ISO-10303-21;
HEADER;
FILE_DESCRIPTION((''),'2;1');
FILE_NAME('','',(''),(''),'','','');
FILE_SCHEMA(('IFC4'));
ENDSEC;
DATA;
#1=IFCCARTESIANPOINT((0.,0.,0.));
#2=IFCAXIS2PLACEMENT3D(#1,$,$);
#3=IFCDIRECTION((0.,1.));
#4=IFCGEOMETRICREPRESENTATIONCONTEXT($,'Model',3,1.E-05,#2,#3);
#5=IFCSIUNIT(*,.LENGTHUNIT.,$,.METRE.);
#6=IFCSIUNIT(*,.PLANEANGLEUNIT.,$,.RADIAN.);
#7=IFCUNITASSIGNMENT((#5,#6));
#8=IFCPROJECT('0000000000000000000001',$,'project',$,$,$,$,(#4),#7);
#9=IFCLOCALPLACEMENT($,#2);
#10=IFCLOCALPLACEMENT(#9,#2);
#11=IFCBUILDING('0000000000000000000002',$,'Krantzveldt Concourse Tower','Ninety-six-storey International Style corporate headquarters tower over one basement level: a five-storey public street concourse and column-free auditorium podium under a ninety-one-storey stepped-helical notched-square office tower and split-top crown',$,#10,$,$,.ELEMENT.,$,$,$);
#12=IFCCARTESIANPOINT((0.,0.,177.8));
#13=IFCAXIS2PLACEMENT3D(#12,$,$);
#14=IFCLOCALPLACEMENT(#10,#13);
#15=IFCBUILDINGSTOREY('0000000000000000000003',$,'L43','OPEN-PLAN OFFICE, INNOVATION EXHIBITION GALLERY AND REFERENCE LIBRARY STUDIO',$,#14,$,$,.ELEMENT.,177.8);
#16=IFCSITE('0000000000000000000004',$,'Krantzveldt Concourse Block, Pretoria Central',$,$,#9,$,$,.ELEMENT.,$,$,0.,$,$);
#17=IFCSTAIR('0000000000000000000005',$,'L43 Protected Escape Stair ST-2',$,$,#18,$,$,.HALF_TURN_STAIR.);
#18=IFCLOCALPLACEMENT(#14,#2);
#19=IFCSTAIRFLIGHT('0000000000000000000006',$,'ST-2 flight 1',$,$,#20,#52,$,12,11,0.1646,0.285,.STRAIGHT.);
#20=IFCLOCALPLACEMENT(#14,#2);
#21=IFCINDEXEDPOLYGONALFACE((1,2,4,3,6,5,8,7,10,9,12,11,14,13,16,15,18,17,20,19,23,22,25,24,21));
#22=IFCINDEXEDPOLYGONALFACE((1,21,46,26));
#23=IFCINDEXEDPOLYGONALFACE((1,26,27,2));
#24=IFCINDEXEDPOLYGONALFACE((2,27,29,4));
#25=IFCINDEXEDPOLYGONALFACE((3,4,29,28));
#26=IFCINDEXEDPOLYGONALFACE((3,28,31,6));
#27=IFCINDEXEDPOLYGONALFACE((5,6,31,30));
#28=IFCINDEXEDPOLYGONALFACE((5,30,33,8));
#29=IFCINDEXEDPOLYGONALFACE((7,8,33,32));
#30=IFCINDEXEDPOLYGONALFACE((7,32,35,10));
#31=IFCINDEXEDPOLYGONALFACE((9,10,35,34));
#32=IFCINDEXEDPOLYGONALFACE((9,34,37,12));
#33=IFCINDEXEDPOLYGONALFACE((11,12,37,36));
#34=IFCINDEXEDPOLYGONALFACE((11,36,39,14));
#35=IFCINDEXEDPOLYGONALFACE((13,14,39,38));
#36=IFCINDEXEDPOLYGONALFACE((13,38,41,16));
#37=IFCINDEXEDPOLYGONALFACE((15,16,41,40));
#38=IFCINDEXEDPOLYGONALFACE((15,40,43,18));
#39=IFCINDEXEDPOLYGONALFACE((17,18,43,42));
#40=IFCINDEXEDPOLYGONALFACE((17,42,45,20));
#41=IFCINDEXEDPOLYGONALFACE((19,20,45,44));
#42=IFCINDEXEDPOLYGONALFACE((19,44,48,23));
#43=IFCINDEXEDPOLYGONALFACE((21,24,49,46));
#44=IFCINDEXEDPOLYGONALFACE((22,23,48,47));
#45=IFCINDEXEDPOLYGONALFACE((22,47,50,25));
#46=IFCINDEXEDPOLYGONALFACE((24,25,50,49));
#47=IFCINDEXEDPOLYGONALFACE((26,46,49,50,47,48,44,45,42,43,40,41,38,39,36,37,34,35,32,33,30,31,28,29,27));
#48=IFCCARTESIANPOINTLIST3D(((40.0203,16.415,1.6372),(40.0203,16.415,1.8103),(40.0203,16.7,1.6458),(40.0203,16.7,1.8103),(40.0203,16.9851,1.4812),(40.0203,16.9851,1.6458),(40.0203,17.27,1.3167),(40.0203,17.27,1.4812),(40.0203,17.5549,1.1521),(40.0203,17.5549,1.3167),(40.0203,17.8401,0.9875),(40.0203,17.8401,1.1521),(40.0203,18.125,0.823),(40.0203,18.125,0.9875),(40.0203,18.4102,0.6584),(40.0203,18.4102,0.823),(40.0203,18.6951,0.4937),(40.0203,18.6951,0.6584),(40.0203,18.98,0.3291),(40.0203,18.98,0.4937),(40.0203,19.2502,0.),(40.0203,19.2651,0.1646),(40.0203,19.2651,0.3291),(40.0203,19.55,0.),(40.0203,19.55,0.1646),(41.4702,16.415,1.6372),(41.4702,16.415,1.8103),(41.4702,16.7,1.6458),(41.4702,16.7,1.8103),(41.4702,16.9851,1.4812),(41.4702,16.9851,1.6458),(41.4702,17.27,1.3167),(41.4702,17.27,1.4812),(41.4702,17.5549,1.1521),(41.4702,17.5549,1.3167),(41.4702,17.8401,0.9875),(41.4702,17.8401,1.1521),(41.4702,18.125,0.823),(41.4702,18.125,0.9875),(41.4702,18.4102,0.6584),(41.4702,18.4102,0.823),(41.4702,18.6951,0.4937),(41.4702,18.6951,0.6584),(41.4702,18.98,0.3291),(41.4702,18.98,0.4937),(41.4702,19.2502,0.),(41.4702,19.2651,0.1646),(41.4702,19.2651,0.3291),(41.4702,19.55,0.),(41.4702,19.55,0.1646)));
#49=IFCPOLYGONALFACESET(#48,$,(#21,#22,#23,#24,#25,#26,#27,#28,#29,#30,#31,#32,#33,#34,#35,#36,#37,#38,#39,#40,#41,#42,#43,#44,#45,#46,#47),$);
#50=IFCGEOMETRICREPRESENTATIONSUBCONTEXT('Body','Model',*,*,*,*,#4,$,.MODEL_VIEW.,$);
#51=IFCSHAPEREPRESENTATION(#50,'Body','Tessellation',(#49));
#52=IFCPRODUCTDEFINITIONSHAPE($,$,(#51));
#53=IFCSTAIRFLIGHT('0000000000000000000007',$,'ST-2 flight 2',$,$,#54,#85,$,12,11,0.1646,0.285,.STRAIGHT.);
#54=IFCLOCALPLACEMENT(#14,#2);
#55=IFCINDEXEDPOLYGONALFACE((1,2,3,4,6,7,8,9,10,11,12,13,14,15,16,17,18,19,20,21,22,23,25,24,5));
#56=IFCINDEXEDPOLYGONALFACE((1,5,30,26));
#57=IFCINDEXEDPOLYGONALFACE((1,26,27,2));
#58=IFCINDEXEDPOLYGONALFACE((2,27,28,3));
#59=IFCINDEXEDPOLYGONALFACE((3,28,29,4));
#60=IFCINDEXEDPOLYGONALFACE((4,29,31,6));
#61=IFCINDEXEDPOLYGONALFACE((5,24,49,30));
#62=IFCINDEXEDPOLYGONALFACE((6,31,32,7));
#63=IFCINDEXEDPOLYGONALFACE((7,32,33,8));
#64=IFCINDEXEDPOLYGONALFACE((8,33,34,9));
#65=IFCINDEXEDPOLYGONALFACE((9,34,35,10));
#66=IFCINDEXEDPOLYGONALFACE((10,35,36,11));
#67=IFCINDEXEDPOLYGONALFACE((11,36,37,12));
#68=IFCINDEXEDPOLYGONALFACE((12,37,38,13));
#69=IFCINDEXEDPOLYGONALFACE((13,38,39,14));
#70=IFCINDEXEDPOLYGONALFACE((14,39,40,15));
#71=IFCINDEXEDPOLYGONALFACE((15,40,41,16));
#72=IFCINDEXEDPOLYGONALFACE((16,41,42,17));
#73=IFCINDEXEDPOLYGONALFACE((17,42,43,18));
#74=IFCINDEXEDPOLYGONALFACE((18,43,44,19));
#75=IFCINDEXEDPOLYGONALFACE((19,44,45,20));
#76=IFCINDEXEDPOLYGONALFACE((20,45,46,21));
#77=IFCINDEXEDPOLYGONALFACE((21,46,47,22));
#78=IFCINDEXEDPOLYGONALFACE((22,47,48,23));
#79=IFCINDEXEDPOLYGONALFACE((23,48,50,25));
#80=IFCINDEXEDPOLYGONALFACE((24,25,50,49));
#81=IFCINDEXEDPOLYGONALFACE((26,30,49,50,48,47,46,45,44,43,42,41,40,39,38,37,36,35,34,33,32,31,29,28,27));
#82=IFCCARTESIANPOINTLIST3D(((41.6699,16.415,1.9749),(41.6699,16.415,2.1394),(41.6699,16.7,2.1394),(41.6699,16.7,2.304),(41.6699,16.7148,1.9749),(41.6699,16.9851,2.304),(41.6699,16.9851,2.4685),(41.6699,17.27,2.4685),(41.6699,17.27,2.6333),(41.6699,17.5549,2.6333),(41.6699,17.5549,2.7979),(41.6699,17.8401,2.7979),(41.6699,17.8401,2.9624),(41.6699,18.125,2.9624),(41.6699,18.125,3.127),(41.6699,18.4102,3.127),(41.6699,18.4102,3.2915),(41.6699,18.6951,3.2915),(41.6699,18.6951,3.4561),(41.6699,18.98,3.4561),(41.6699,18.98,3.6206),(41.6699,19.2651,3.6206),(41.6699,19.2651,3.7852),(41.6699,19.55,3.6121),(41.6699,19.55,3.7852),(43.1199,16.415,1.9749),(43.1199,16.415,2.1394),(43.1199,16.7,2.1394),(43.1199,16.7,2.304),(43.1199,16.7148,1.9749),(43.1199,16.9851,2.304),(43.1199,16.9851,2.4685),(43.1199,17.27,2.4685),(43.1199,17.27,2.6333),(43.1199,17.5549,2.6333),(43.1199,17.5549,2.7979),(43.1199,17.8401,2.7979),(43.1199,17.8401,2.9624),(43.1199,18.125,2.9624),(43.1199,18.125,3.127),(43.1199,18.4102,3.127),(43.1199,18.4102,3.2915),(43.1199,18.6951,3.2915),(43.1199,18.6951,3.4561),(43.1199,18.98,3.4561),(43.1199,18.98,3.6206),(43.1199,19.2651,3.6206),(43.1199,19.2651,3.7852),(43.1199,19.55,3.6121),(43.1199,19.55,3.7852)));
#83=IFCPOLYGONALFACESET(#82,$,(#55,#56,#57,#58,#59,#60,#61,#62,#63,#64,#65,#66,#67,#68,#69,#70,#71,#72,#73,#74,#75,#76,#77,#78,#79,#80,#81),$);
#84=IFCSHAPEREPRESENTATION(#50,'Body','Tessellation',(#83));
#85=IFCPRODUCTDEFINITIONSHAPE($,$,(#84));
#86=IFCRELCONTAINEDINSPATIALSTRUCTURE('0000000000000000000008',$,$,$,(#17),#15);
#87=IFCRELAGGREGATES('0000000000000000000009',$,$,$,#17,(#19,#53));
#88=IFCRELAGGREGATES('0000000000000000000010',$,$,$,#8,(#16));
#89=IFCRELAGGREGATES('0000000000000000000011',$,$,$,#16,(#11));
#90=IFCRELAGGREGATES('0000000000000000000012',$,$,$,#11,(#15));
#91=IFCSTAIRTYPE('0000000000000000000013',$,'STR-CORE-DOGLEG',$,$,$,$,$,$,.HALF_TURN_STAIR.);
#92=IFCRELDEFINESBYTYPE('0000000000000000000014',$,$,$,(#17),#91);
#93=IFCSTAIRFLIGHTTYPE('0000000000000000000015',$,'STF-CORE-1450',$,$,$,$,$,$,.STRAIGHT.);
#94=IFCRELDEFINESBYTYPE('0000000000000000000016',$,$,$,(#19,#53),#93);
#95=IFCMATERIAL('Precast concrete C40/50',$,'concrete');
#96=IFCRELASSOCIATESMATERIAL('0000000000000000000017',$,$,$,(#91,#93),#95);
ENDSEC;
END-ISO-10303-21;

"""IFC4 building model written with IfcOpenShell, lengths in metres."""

from ifc_helpers import new_model, si_unit, direction, frame, origin, place, context, subcontext, project, spatial, polyline, outline, extrude, material, type_object, element, aggregate, save


model = new_model("IFC4")

# Units and contexts
model_context = context("Model", 3, precision=1e-05, world=origin(), true_north=direction((0.0, 1.0)))
body_context = subcontext(model_context, "Body", "Model", "MODEL_VIEW")
ifc_project = project(units=[si_unit("LENGTHUNIT", "METRE"), si_unit("PLANEANGLEUNIT", "RADIAN")], contexts=[model_context])

# Site, building, storey
site_placement = place(None, origin())
site = spatial("IfcSite", under=ifc_project, at=site_placement, Name="Krantzveldt Concourse Block, Pretoria Central", CompositionType="ELEMENT", RefElevation=0.0)
building_placement = place(site_placement, origin())
building = spatial("IfcBuilding", under=site, at=building_placement, Name="Krantzveldt Concourse Tower", Description="Ninety-six-storey International Style corporate headquarters tower over one basement level: a five-storey public street concourse and column-free auditorium podium under a ninety-one-storey stepped-helical notched-square office tower and split-top crown", CompositionType="ELEMENT")
storey_placement = place(building_placement, frame((0.0, 0.0, 177.8)))
storey = spatial("IfcBuildingStorey", under=building, at=storey_placement, Name="L43", Description="OPEN-PLAN OFFICE, INNOVATION EXHIBITION GALLERY AND REFERENCE LIBRARY STUDIO", CompositionType="ELEMENT", Elevation=177.8)

# Stair, stair flights
ifc_material_1 = material(Name="Precast concrete C40/50", Category="concrete")
stair_type = type_object("IfcStairType", Name="STR-CORE-DOGLEG", PredefinedType="HALF_TURN_STAIR", material=ifc_material_1)
stair_placement = place(storey_placement, origin())
stair = element("IfcStair", 1, at=stair_placement, inside=storey, type_object=stair_type, Name="L43 Protected Escape Stair ST-2", PredefinedType="HALF_TURN_STAIR")
stair_flight_type = type_object("IfcStairFlightType", Name="STF-CORE-1450", PredefinedType="STRAIGHT", material=ifc_material_1)
stair_flight_1_placement = place(storey_placement, frame((40.7451, 19.55, 0.0), z_axis=(0.0, 0.0, 1.0), x_axis=(0.0, -1.0, 0.0)))
stair_flight_1 = element("IfcStairFlight", 2, at=stair_flight_1_placement, type_object=stair_flight_type, Name="ST-2 flight 1", NumberOfRisers=12, NumberOfTreads=11, PredefinedType="STRAIGHT", RiserHeight=0.1646, TreadLength=0.285, context=body_context, shape_type="SweptSolid", body=[
    extrude(outline(polyline([(0.0, 0.0), (0.0, 0.1646), (0.2849, 0.1646), (0.2849, 0.3291), (0.5701, 0.3291), (0.5701, 0.4937), (0.855, 0.4937), (0.855, 0.6584), (1.1399, 0.6584), (1.1399, 0.823), (1.425, 0.823), (1.425, 0.9875), (1.71, 0.9875), (1.71, 1.1521), (1.9951, 1.1521), (1.9951, 1.3167), (2.28, 1.3167), (2.28, 1.4812), (2.5649, 1.4812), (2.5649, 1.6458), (2.8501, 1.6458), (2.8501, 1.8103), (3.135, 1.8103), (3.135, 1.9751), (3.135, 1.6372), (0.2998, 0.0), (0.0, 0.0)])), frame((0.0, 0.7251, 0.0), z_axis=(0.0, -1.0, 0.0), x_axis=(1.0, 0.0, 0.0)), (0.0, 0.0, 1.0), 1.45),
])
stair_flight_2_placement = place(storey_placement, frame((42.395, 16.415, 1.9749), z_axis=(0.0, 0.0, 1.0), x_axis=(0.0, 1.0, 0.0)))
stair_flight_2 = element("IfcStairFlight", 3, at=stair_flight_2_placement, type_object=stair_flight_type, Name="ST-2 flight 2", NumberOfRisers=12, NumberOfTreads=11, PredefinedType="STRAIGHT", RiserHeight=0.1646, TreadLength=0.285, context=body_context, shape_type="SweptSolid", body=[
    extrude(outline(polyline([(0.0, 0.0), (0.0, 0.1646), (0.2849, 0.1646), (0.2849, 0.3291), (0.5701, 0.3291), (0.5701, 0.4937), (0.855, 0.4937), (0.855, 0.6584), (1.1399, 0.6584), (1.1399, 0.823), (1.425, 0.823), (1.425, 0.9875), (1.71, 0.9875), (1.71, 1.1521), (1.9951, 1.1521), (1.9951, 1.3167), (2.28, 1.3167), (2.28, 1.4812), (2.5649, 1.4812), (2.5649, 1.6458), (2.8501, 1.6458), (2.8501, 1.8103), (3.135, 1.8103), (3.135, 1.9751), (3.135, 1.6372), (0.2998, 0.0), (0.0, 0.0)])), frame((0.0, 0.7251, 0.0), z_axis=(0.0, -1.0, 0.0), x_axis=(1.0, 0.0, 0.0)), (0.0, 0.0, 1.0), 1.45),
])
aggregate(stair, [stair_flight_1, stair_flight_2])

save(model, "model.ifc")
